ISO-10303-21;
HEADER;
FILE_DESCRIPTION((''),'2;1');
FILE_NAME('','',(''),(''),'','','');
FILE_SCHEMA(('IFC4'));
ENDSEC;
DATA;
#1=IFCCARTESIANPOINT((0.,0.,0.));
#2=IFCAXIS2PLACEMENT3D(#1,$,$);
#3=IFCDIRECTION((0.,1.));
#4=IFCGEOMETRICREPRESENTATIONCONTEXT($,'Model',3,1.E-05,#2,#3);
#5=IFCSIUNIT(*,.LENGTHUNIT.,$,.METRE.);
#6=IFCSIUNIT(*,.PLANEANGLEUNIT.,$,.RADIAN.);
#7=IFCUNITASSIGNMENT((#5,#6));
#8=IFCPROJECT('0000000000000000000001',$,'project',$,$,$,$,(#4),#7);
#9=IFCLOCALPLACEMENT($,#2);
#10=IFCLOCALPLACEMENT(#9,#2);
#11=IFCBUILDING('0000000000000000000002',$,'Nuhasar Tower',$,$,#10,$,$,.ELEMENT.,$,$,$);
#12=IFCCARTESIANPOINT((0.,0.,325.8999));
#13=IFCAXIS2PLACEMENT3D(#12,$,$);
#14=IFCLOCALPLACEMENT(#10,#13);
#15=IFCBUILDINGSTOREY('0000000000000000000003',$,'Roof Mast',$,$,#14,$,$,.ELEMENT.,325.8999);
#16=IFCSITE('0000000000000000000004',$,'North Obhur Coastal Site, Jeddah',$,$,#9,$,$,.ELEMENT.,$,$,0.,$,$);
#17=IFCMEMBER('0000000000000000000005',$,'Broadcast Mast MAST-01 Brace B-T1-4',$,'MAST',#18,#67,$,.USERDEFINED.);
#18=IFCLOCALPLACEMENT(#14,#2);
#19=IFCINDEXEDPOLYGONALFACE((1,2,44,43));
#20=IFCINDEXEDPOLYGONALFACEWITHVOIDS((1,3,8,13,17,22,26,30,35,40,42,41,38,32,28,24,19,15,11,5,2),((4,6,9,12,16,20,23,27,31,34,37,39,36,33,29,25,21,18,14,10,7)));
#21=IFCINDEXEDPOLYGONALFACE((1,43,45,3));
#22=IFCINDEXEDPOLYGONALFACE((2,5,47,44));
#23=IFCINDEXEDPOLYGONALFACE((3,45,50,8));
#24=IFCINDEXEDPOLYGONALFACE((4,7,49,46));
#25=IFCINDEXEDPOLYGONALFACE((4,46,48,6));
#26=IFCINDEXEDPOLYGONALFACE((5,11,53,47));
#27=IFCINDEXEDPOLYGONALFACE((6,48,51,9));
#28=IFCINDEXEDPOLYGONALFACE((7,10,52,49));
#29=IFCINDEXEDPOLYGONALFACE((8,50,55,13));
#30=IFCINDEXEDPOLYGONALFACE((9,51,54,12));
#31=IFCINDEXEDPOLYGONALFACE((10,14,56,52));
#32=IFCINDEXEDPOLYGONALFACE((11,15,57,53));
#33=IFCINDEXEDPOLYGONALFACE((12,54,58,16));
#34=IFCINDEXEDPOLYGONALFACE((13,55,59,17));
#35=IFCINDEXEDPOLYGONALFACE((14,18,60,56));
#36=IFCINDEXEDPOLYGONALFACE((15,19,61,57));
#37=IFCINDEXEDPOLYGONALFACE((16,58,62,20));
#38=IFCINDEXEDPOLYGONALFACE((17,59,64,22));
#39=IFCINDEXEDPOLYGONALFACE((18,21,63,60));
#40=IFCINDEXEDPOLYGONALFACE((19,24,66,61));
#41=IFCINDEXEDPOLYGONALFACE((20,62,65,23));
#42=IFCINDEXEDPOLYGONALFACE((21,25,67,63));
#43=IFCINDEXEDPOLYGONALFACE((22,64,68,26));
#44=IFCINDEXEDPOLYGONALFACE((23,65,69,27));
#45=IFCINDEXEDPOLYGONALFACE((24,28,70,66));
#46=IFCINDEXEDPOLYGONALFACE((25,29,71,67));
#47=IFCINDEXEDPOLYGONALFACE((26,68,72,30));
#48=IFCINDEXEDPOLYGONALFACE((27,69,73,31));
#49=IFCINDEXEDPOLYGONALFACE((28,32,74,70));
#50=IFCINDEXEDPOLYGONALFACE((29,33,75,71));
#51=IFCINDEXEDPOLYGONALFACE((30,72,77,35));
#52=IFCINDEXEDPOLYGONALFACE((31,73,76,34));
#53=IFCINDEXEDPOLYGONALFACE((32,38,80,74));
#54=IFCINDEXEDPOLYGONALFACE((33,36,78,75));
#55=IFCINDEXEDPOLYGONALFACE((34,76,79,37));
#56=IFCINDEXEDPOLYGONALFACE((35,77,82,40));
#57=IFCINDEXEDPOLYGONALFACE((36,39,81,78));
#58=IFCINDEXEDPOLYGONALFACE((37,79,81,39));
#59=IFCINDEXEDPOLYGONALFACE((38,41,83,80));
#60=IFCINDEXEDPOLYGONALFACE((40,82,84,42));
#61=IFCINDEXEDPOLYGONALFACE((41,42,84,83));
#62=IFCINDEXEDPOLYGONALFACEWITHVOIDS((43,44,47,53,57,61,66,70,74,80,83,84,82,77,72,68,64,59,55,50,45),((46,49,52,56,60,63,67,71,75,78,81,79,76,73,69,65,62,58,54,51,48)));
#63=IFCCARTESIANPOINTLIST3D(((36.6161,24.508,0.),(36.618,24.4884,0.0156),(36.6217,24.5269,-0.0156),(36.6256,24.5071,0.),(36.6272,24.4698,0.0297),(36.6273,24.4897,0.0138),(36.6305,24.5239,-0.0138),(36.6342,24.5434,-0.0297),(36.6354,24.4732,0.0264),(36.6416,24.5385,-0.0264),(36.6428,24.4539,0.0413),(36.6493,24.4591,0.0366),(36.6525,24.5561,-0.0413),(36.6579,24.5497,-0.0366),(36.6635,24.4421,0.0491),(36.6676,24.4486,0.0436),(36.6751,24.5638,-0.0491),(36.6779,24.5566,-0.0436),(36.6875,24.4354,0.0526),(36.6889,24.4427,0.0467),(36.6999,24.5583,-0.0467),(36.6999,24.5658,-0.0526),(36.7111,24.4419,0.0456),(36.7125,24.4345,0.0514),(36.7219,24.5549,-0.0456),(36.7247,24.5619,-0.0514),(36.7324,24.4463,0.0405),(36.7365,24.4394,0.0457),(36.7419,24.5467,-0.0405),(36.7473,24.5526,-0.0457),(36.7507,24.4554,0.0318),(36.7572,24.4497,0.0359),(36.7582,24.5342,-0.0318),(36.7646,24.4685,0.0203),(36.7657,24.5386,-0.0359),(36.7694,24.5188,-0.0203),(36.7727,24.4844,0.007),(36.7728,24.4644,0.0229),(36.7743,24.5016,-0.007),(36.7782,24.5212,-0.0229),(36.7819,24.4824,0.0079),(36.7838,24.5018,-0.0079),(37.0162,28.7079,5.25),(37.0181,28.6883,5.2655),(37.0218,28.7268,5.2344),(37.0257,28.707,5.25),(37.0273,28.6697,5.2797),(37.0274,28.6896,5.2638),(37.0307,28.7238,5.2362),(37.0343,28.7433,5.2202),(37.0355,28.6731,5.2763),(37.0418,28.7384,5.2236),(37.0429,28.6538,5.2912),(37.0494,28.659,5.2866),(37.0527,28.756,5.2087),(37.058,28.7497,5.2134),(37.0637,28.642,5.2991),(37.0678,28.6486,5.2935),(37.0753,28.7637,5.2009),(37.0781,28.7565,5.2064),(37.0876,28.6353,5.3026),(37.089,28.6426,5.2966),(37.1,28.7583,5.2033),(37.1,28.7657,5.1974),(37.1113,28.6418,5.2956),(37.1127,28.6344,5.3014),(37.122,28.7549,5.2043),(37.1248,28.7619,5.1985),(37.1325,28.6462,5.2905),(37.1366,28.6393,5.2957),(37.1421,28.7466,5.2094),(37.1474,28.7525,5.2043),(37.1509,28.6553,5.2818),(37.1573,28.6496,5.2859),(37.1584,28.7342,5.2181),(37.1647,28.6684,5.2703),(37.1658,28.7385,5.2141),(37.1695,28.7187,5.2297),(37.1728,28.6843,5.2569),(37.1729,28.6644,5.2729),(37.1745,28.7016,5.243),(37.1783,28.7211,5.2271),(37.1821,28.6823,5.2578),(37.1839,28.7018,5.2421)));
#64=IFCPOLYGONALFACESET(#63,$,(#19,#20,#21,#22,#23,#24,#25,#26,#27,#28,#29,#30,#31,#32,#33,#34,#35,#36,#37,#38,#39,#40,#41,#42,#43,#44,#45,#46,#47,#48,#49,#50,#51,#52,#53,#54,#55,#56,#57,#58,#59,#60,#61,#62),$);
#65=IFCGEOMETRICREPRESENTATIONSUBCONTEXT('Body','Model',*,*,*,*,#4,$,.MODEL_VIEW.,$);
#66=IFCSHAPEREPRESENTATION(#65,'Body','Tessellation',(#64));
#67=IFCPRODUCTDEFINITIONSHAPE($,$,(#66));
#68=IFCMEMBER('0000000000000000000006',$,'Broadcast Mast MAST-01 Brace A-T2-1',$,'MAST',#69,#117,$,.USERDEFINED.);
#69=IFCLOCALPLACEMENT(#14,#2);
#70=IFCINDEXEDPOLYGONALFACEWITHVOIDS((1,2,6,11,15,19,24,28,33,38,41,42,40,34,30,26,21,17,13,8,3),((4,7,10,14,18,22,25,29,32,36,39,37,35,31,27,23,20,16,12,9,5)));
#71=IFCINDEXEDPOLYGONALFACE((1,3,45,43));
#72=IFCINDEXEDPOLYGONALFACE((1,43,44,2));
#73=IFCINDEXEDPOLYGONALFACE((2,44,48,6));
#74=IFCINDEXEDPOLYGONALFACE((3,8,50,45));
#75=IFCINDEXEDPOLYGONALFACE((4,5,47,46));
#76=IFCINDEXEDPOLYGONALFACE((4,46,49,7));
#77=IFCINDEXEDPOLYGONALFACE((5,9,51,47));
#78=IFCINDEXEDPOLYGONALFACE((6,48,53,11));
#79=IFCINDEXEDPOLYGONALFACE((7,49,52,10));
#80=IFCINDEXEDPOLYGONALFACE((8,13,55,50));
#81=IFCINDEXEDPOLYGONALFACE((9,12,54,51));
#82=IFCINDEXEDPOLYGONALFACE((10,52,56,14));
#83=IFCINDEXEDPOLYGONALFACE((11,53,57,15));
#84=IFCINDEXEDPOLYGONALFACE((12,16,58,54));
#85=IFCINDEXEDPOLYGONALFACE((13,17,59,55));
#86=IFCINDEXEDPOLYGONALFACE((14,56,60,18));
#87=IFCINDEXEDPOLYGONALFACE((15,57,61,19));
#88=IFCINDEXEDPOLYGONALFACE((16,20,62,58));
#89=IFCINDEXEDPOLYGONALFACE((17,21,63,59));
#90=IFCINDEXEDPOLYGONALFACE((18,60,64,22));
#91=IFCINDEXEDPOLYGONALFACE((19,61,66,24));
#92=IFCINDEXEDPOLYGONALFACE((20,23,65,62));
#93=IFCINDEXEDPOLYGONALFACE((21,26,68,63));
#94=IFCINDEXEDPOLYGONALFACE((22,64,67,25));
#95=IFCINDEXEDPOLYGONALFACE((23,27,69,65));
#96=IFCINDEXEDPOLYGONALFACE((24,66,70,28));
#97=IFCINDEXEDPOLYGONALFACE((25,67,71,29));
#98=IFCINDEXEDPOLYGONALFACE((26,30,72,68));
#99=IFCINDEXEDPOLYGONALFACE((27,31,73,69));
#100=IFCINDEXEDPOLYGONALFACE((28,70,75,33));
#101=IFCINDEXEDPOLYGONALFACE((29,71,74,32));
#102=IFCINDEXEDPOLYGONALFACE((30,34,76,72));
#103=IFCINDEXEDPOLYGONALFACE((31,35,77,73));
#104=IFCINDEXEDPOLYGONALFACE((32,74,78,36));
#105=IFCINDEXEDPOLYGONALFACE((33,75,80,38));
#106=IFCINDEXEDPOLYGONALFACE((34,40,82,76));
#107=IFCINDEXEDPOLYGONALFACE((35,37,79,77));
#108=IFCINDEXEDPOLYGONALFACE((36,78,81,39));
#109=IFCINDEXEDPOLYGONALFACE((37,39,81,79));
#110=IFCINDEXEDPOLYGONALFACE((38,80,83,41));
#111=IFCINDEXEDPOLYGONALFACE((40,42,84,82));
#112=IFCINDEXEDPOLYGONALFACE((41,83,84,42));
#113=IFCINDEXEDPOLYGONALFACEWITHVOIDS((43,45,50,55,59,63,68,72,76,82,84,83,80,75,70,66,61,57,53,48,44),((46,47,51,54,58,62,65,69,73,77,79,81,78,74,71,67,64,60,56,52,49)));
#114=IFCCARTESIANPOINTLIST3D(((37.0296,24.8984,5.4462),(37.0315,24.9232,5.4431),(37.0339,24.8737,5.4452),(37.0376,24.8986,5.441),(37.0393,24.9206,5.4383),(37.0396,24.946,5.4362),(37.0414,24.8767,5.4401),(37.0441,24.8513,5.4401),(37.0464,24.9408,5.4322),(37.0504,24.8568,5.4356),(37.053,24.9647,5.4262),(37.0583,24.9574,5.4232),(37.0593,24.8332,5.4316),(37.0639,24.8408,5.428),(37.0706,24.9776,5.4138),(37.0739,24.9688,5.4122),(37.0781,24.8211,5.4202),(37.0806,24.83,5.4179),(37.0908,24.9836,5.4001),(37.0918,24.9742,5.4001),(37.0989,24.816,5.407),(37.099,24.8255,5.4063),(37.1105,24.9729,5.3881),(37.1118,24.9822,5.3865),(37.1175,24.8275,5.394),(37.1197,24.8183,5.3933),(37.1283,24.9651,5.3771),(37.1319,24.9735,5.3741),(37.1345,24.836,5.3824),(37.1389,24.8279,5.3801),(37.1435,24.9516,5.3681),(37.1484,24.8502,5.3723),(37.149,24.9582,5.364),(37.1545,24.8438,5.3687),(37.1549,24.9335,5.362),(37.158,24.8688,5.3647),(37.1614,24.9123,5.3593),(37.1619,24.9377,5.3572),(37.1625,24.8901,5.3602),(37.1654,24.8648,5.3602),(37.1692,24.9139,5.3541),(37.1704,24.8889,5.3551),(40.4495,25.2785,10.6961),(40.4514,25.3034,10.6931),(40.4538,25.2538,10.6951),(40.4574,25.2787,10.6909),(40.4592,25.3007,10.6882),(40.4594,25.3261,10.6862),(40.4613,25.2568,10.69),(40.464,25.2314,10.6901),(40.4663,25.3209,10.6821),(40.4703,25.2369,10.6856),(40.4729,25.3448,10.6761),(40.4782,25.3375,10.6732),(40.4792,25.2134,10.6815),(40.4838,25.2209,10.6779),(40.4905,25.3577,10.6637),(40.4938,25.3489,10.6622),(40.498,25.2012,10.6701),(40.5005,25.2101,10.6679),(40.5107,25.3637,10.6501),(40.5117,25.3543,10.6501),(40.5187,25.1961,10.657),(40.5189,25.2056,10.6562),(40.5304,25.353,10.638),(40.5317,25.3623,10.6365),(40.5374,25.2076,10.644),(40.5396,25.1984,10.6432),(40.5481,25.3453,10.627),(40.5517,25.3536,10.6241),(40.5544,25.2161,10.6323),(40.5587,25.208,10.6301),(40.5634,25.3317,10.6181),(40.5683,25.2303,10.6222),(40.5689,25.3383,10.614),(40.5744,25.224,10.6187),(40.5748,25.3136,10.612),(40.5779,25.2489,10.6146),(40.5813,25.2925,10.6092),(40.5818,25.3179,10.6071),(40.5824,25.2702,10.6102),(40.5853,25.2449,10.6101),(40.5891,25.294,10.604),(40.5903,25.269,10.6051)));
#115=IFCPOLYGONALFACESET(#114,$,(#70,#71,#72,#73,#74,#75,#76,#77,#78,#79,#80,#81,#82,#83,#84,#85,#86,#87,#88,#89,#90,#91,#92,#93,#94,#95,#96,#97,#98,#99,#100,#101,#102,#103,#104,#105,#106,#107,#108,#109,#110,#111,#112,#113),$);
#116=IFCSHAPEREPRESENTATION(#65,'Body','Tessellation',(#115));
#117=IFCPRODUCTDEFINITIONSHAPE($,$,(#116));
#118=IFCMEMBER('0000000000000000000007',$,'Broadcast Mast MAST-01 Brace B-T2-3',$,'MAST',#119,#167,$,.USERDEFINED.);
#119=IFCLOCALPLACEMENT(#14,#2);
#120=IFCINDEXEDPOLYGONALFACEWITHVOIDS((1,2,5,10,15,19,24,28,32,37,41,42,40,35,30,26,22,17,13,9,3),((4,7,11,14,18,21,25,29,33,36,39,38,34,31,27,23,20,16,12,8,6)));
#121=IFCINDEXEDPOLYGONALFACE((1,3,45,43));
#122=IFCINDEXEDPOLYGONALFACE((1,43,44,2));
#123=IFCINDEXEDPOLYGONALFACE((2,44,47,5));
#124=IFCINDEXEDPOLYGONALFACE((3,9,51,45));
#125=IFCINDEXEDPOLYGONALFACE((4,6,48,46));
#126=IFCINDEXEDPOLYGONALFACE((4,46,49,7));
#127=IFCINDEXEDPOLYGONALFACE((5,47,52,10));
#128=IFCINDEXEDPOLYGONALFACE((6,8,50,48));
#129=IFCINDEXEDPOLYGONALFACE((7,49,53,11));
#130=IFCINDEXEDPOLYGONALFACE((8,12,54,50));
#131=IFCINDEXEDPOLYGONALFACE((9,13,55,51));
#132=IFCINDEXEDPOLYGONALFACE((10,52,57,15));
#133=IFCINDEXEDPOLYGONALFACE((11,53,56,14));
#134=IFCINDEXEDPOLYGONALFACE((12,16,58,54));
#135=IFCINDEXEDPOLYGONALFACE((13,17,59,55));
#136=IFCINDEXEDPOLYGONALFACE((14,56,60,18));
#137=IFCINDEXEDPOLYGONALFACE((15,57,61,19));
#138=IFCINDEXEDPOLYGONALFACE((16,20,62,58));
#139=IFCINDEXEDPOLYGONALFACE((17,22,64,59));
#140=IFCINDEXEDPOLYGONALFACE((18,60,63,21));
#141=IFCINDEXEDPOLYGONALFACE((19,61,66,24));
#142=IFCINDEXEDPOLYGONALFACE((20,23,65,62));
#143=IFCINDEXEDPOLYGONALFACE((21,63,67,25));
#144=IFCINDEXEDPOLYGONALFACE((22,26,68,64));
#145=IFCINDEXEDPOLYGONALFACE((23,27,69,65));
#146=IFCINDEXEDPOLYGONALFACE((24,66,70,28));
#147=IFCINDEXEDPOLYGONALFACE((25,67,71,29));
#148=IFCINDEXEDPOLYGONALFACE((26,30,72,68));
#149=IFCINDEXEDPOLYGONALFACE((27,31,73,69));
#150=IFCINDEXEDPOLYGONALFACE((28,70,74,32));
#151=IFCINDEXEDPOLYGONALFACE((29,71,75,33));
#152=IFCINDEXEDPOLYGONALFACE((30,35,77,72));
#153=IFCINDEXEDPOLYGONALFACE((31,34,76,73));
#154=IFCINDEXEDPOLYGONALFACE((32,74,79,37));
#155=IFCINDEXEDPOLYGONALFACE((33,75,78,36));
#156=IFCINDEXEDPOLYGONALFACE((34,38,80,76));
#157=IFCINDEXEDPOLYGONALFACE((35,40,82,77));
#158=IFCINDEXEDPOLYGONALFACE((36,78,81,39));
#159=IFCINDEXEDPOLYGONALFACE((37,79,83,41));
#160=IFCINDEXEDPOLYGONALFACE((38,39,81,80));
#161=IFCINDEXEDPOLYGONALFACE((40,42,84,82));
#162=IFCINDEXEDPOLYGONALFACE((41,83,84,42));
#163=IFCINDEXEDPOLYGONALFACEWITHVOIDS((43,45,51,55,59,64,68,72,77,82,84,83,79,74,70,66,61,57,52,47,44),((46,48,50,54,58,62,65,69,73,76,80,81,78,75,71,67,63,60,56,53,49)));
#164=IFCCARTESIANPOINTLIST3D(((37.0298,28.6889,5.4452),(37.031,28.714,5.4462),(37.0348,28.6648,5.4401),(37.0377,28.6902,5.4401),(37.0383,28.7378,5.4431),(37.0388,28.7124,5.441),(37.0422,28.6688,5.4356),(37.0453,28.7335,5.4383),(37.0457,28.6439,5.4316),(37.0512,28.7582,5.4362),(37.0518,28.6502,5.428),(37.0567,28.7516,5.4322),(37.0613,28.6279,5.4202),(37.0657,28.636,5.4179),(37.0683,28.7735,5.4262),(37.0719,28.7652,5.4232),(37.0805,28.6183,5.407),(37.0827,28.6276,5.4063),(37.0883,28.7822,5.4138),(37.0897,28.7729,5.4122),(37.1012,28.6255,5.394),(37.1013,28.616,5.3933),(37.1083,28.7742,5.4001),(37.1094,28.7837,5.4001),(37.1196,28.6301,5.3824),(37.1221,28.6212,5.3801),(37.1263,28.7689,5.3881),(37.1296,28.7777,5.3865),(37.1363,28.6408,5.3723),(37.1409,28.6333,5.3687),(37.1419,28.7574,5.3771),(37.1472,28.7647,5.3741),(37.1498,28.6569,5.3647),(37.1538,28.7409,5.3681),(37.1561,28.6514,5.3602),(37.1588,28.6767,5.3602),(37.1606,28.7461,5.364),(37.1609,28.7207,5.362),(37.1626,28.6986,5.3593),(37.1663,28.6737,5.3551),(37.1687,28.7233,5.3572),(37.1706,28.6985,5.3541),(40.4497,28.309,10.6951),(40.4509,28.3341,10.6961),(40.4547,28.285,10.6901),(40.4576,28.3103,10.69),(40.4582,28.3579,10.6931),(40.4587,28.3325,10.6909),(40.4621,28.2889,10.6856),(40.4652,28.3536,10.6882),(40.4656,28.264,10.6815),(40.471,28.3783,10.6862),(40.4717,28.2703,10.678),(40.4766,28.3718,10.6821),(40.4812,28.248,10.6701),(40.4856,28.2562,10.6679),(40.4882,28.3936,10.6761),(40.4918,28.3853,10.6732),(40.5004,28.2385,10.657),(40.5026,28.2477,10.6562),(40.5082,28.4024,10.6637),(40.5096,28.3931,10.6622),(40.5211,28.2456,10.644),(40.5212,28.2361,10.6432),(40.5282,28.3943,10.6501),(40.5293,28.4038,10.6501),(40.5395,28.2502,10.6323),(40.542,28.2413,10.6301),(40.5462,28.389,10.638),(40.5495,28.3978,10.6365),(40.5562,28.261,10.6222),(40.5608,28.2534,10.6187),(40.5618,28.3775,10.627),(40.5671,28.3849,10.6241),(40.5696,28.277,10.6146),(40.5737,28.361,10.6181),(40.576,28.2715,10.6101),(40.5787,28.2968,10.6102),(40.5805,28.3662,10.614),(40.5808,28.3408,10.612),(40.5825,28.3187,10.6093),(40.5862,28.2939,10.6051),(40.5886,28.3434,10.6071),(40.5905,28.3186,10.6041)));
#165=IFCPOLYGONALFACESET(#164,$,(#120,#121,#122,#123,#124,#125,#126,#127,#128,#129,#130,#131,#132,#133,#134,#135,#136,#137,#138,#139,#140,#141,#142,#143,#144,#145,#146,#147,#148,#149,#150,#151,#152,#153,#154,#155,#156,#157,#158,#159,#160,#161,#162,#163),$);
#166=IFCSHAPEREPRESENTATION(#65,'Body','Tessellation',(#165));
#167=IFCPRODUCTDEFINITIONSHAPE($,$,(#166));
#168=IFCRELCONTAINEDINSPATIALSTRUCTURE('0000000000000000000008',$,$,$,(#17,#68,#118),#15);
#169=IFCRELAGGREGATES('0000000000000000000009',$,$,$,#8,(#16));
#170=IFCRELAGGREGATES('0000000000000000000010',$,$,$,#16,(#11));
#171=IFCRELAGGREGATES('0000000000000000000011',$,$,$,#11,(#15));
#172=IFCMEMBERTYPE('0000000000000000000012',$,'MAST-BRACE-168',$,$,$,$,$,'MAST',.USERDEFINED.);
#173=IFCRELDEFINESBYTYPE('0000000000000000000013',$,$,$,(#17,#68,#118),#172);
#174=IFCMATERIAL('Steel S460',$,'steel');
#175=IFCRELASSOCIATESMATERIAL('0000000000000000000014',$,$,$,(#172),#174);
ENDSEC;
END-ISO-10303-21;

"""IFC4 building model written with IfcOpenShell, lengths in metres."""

from ifc_helpers import new_model, si_unit, direction, frame, origin, origin_2d, place, context, subcontext, project, spatial, hollow_circle, extrude, material, material_profile, profile_set, type_object, element, save


model = new_model("IFC4")

# Units and contexts
model_context = context("Model", 3, precision=1e-05, world=origin(), true_north=direction((0.0, 1.0)))
body_context = subcontext(model_context, "Body", "Model", "MODEL_VIEW")
ifc_project = project(units=[si_unit("LENGTHUNIT", "METRE"), si_unit("PLANEANGLEUNIT", "RADIAN")], contexts=[model_context])

# Site, building, storey
site_placement = place(None, origin())
site = spatial("IfcSite", under=ifc_project, at=site_placement, Name="North Obhur Coastal Site, Jeddah", CompositionType="ELEMENT", RefElevation=0.0)
building_placement = place(site_placement, origin())
building = spatial("IfcBuilding", under=site, at=building_placement, Name="Nuhasar Tower", CompositionType="ELEMENT")
storey_placement = place(building_placement, frame((0.0, 0.0, 325.8999)))
storey = spatial("IfcBuildingStorey", under=building, at=storey_placement, Name="Roof Mast", CompositionType="ELEMENT", Elevation=325.8999)

# Shared definitions
ifc_material_1 = material(Name="Steel S460", Category="steel")

# Members
ifc_material_profile_1 = material_profile(ifc_material_1, hollow_circle(Radius=0.0842, WallThickness=0.0095, at=origin_2d()), Name="HSS168.3X9.5")
ifc_profile_set_1 = profile_set([ifc_material_profile_1], Name="Steel S460")
member_type = type_object("IfcMemberType", Name="MAST-BRACE-168", ElementType="MAST", PredefinedType="USERDEFINED", material=ifc_profile_set_1)
member_1_placement = place(storey_placement, frame((36.7, 24.5, 0.0), z_axis=(0.059412, 0.623587, 0.779493), x_axis=(-0.995492, 0.094845, 0.0)))
element("IfcMember", 1, at=member_1_placement, inside=storey, type_object=member_type, Name="Broadcast Mast MAST-01 Brace B-T1-4", ObjectType="MAST", PredefinedType="USERDEFINED", context=body_context, shape_type="SweptSolid", body=[
    extrude(hollow_circle(Radius=0.0842, WallThickness=0.0095, at=origin_2d()), origin(), (0.0, 0.0, 1.0), 6.7351),
])
for number, where, z_axis, x_axis, name in (
    (2, (37.1001, 24.8999, 5.4001), (0.544819, 0.060557, 0.836364), (-0.11047, 0.993879, 0.0), "Broadcast Mast MAST-01 Brace A-T2-1"),
    (3, (37.1001, 28.7, 5.4001), (0.54482, -0.060518, 0.836366), (0.1104, 0.993887, 0.0), "Broadcast Mast MAST-01 Brace B-T2-3"),
):
    element("IfcMember", number, at=place(storey_placement, frame(where, z_axis=z_axis, x_axis=x_axis)), inside=storey, type_object=member_type, Name=name, ObjectType="MAST", PredefinedType="USERDEFINED", context=body_context, shape_type="SweptSolid", body=[
        extrude(hollow_circle(Radius=0.0842, WallThickness=0.0095, at=origin_2d()), origin(), (0.0, 0.0, 1.0), 6.2771),
    ])

save(model, "model.ifc")
